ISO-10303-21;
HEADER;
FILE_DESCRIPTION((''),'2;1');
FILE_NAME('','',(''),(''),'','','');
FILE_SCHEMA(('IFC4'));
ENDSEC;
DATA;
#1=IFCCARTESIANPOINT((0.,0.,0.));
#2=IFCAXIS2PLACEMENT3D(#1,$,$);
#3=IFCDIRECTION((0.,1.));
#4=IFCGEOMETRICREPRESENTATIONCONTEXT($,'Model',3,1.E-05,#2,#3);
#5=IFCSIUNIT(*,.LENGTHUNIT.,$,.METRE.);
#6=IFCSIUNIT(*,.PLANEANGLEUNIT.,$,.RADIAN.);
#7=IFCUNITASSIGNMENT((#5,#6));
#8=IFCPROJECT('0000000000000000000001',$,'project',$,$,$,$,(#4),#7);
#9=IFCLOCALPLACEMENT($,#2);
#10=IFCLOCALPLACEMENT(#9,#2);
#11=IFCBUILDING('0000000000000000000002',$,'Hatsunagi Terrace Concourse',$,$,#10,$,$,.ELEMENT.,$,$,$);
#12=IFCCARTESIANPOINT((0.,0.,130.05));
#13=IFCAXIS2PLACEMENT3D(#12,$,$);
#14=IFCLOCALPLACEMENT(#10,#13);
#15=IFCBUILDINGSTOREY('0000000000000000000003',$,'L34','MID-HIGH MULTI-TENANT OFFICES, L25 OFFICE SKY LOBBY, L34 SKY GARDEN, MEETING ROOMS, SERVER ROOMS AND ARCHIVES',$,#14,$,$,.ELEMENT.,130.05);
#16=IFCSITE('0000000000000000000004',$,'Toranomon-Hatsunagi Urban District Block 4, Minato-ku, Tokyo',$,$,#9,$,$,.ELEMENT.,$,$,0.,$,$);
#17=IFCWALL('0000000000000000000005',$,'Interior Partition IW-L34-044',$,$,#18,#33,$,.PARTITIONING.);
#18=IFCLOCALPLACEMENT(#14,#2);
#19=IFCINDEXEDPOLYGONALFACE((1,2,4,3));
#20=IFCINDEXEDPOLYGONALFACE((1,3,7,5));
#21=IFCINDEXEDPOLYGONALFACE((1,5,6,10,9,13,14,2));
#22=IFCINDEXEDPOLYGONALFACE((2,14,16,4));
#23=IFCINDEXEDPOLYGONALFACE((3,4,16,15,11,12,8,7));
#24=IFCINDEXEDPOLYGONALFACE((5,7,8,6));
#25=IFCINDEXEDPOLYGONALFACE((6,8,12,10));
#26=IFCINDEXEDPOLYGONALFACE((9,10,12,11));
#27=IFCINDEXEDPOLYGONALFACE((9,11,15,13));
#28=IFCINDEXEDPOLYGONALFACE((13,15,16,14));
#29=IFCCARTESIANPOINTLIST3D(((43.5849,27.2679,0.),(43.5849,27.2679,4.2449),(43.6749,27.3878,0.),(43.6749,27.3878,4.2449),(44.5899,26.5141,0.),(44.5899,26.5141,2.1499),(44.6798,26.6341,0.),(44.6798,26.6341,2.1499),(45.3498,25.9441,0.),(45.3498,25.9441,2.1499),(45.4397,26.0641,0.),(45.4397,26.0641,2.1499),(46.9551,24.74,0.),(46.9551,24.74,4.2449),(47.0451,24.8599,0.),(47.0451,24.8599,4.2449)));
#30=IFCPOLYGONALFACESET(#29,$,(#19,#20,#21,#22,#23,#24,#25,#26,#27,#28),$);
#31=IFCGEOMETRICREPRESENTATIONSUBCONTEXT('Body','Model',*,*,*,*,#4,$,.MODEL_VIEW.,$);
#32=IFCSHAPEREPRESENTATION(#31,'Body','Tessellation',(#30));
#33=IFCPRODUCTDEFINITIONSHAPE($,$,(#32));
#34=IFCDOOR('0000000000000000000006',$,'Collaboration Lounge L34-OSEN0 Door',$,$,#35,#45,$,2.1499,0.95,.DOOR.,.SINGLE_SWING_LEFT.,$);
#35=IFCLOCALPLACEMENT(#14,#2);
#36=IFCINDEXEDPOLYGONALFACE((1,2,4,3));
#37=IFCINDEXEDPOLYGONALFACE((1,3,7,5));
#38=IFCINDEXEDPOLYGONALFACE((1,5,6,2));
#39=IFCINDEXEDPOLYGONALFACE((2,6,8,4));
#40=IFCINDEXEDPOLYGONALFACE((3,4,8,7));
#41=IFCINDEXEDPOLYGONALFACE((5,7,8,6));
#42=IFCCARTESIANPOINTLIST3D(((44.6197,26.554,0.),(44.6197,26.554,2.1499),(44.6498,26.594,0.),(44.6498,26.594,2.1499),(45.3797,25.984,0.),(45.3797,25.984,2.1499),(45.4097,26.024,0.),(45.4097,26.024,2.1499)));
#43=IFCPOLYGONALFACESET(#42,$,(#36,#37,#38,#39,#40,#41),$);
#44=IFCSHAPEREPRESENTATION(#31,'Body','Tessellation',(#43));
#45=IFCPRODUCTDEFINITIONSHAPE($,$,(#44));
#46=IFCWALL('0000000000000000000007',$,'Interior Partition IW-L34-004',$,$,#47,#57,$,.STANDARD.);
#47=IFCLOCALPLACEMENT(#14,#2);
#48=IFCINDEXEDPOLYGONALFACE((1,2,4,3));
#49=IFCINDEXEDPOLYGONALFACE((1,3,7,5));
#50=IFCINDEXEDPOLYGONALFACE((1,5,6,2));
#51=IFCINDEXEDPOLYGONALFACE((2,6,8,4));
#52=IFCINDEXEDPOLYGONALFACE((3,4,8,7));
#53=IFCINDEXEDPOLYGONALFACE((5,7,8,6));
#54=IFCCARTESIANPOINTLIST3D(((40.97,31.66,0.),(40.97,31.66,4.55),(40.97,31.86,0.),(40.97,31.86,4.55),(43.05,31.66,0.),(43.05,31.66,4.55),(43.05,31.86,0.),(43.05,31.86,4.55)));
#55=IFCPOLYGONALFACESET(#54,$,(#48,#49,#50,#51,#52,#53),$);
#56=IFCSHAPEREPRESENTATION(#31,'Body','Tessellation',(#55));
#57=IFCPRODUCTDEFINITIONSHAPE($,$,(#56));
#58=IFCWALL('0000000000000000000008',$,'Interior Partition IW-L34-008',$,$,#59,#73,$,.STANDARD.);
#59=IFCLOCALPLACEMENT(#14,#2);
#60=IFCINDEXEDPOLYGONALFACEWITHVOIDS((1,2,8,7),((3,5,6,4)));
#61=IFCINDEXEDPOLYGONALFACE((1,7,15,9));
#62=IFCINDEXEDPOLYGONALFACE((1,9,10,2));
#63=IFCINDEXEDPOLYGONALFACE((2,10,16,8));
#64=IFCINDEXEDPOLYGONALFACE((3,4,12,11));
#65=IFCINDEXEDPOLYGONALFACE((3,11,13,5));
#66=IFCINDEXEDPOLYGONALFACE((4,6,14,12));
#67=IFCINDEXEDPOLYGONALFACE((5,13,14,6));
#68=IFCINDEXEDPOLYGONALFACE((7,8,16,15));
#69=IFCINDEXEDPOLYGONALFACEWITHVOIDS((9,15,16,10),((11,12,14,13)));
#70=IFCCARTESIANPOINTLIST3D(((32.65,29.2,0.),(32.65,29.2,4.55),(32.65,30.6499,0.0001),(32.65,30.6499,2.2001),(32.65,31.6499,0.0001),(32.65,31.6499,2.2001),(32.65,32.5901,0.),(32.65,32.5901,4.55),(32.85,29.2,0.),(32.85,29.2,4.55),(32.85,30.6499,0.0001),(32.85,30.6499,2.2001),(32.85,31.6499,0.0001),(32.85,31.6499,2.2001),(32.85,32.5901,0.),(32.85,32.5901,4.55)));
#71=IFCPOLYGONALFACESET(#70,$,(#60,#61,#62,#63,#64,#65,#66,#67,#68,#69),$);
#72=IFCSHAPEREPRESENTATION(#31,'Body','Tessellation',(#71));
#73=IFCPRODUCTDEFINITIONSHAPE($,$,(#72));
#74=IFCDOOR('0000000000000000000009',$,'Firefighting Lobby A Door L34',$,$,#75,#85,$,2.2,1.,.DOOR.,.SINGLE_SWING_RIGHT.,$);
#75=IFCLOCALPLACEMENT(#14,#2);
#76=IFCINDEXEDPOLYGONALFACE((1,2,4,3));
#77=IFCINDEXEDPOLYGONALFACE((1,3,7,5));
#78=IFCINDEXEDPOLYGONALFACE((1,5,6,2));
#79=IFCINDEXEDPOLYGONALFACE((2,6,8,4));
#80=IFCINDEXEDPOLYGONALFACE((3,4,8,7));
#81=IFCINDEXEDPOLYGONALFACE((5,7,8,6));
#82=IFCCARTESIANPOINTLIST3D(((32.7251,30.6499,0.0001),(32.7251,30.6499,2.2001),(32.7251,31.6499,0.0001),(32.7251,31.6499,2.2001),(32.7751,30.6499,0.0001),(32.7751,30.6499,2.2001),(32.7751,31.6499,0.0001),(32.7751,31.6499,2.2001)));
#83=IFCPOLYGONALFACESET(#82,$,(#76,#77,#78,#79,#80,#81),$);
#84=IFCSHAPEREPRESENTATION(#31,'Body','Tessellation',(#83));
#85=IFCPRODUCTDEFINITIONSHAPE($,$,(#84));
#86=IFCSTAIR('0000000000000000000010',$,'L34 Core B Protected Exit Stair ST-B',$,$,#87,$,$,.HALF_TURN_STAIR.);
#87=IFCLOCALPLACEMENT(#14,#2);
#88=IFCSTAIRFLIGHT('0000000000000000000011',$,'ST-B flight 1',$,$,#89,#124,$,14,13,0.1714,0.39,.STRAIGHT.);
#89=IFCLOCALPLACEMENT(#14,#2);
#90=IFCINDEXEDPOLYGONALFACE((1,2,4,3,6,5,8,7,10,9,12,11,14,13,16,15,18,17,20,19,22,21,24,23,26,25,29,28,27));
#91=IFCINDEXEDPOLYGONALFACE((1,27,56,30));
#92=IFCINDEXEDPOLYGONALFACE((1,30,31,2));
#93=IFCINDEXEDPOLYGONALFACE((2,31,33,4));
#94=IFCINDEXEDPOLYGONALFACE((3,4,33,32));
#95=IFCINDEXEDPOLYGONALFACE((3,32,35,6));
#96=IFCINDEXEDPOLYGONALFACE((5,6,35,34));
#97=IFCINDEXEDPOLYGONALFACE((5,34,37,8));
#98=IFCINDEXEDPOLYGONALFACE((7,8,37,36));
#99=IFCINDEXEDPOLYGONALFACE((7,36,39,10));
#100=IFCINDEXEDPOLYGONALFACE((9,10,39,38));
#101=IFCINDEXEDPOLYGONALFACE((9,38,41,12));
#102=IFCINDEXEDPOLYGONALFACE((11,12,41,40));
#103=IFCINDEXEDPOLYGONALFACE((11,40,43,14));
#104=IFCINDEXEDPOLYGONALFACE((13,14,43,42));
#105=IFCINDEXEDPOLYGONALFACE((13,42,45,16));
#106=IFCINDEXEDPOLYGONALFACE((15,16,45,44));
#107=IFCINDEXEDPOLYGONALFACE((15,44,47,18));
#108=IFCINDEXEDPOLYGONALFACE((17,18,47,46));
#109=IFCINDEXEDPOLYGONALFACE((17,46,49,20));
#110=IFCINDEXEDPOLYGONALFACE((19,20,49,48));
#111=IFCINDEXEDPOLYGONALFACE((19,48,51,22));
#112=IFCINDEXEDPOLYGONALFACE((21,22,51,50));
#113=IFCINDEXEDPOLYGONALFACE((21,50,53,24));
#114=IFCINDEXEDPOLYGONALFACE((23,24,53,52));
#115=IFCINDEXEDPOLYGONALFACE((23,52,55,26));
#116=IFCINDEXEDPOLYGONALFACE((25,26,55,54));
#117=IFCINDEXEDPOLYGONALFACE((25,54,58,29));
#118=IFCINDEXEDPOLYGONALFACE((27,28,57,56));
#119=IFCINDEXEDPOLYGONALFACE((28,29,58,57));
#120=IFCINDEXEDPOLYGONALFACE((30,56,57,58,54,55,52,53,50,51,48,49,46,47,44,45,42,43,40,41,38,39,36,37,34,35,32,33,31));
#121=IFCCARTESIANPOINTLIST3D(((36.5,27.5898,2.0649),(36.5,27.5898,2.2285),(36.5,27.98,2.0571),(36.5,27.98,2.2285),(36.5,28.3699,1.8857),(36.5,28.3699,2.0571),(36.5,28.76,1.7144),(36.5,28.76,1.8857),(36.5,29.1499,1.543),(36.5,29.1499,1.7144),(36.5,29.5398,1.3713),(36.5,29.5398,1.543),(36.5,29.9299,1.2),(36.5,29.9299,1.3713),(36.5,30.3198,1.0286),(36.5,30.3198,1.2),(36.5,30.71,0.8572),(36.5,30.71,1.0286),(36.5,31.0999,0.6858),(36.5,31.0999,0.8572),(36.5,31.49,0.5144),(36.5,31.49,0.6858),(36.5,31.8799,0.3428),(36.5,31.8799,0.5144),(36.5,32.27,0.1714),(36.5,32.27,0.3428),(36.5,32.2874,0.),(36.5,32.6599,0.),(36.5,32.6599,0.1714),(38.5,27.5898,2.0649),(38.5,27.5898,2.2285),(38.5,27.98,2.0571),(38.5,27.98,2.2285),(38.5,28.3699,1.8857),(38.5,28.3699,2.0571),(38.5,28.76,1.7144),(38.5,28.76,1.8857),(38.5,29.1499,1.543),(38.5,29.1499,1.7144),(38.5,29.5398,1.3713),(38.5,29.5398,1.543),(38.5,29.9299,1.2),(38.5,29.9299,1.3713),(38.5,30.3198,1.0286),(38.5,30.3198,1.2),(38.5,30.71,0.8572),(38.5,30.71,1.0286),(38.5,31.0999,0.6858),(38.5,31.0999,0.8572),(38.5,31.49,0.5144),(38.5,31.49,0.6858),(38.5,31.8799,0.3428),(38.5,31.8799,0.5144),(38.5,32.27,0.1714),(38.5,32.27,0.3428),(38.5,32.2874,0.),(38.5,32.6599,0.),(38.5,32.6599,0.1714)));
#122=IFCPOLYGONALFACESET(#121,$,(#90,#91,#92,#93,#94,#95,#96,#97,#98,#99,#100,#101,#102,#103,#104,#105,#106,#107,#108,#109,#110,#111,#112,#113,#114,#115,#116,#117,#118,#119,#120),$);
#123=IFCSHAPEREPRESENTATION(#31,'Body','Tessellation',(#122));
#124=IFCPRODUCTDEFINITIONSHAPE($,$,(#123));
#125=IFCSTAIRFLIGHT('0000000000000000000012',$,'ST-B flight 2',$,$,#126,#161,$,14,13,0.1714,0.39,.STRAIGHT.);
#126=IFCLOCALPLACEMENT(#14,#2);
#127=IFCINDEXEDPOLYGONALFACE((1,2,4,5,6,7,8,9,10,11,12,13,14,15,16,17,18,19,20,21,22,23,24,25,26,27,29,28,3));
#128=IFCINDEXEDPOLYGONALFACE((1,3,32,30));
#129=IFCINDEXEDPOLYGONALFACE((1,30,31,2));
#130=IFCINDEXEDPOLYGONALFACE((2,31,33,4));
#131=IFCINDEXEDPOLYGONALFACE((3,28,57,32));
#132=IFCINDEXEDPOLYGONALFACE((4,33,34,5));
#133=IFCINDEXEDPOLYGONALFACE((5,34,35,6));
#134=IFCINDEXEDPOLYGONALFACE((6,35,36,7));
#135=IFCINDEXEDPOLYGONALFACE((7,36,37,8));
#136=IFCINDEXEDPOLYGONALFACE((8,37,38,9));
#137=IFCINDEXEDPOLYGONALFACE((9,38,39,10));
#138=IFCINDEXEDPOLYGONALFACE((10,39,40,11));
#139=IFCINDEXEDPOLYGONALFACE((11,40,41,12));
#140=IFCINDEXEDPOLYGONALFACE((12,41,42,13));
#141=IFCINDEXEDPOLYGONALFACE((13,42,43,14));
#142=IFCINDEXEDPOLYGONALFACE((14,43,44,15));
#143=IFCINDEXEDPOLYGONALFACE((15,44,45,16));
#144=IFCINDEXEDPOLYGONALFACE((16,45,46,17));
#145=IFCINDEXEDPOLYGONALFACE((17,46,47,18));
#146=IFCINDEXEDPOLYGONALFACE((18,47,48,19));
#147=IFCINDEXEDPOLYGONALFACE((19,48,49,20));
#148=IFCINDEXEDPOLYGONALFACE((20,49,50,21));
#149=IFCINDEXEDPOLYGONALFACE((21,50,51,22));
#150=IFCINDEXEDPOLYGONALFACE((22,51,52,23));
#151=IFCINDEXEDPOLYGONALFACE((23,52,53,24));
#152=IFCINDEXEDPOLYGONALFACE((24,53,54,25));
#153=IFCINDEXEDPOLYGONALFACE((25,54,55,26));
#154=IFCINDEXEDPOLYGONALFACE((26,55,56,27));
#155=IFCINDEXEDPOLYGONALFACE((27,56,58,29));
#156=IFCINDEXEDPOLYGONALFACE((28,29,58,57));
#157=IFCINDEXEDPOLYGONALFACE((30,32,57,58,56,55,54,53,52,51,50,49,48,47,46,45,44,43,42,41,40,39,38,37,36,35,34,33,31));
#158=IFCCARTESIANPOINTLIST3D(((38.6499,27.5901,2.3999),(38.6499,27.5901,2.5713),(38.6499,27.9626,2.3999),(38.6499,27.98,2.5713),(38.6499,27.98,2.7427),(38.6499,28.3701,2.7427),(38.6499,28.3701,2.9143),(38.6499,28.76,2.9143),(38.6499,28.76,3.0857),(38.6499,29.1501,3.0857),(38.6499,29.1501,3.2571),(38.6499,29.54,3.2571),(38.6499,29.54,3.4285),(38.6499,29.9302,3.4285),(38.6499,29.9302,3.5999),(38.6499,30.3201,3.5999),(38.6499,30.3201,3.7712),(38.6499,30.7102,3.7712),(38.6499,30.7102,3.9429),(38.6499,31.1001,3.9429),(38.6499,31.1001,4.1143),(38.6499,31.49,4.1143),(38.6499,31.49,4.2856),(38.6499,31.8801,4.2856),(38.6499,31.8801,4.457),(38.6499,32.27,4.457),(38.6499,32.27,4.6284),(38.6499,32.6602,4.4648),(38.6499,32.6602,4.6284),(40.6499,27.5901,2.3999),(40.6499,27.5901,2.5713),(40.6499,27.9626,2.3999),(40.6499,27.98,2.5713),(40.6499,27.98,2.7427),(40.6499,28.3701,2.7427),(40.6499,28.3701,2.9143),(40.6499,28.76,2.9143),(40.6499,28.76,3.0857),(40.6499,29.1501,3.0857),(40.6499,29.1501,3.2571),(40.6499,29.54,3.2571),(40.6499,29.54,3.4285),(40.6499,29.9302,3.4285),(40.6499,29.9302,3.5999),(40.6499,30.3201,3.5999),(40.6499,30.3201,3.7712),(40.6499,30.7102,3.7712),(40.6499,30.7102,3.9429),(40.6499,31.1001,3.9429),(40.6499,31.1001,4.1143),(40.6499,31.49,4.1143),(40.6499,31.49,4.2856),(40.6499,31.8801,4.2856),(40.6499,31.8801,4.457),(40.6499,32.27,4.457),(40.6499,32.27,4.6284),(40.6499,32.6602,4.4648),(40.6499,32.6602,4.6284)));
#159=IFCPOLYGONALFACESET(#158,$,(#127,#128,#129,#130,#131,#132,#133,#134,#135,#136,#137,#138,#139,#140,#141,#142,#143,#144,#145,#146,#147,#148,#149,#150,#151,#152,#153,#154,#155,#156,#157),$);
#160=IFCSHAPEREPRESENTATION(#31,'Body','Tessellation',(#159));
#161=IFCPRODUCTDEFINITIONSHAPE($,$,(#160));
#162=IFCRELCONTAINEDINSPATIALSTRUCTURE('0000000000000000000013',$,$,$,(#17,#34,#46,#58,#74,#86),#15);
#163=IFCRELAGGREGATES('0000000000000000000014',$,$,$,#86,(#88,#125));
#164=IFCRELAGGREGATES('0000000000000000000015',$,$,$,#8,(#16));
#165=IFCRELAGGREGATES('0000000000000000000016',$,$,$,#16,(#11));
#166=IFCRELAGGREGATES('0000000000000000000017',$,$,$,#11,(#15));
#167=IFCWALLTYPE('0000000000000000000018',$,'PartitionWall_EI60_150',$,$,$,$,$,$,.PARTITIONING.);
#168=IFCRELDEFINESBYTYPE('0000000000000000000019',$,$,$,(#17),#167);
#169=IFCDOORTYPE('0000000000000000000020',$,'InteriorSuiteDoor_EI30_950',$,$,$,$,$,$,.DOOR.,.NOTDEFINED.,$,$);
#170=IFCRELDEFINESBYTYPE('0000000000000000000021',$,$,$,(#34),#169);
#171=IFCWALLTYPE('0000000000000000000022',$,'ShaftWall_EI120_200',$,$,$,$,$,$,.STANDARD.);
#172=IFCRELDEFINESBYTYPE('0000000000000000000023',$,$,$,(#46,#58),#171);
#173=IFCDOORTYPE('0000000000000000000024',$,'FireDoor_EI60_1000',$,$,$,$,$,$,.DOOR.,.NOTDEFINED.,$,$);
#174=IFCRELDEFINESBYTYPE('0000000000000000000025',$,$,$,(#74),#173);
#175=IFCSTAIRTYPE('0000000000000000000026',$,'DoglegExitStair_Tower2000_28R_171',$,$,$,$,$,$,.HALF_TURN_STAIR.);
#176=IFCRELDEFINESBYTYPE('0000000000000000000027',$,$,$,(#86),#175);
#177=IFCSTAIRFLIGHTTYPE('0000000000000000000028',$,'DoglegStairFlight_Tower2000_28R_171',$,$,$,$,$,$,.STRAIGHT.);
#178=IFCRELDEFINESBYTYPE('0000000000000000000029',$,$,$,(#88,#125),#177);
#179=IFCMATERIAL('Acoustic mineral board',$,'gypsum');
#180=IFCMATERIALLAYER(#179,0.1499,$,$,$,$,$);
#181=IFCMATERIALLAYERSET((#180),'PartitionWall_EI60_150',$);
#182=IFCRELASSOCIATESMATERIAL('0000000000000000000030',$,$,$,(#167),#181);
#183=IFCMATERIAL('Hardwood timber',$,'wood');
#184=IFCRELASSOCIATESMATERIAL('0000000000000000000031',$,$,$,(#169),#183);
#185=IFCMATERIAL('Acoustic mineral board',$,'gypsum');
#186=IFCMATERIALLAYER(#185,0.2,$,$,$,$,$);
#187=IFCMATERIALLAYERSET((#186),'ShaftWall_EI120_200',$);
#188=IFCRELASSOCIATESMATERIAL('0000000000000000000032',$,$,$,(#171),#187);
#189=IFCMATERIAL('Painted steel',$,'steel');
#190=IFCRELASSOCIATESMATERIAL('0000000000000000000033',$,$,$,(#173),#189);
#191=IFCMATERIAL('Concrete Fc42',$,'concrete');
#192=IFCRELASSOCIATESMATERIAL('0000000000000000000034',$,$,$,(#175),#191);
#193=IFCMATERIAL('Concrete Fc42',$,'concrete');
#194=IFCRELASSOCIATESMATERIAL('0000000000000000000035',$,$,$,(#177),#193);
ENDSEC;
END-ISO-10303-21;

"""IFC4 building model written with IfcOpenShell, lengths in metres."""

from ifc_helpers import new_model, si_unit, direction, frame, frame_2d, origin, place, context, subcontext, project, spatial, polyline, rectangle, outline, extrude, material, layer, layer_set, type_object, element, fill, aggregate, save


model = new_model("IFC4")

# Units and contexts
model_context = context("Model", 3, precision=1e-05, world=origin(), true_north=direction((0.0, 1.0)))
body_context = subcontext(model_context, "Body", "Model", "MODEL_VIEW")
ifc_project = project(units=[si_unit("LENGTHUNIT", "METRE"), si_unit("PLANEANGLEUNIT", "RADIAN")], contexts=[model_context])

# Site, building, storey
site_placement = place(None, origin())
site = spatial("IfcSite", under=ifc_project, at=site_placement, Name="Toranomon-Hatsunagi Urban District Block 4, Minato-ku, Tokyo", CompositionType="ELEMENT", RefElevation=0.0)
building_placement = place(site_placement, origin())
building = spatial("IfcBuilding", under=site, at=building_placement, Name="Hatsunagi Terrace Concourse", CompositionType="ELEMENT")
storey_placement = place(building_placement, frame((0.0, 0.0, 130.05)))
storey = spatial("IfcBuildingStorey", under=building, at=storey_placement, Name="L34", Description="MID-HIGH MULTI-TENANT OFFICES, L25 OFFICE SKY LOBBY, L34 SKY GARDEN, MEETING ROOMS, SERVER ROOMS AND ARCHIVES", CompositionType="ELEMENT", Elevation=130.05)

# Shared definitions
ifc_material_1 = material(Name="Acoustic mineral board", Category="gypsum")
ifc_layer_1 = layer(ifc_material_1, 0.1499)
ifc_layer_set_1 = layer_set([ifc_layer_1], Name="PartitionWall_EI60_150")
wall_type_1 = type_object("IfcWallType", Name="PartitionWall_EI60_150", PredefinedType="PARTITIONING", material=ifc_layer_set_1)

# Wall, opening, door
wall_1_placement = place(storey_placement, frame((43.6299, 27.3279, 0.0), z_axis=(0.0, 0.0, 1.0), x_axis=(0.799972, -0.600037, 0.0)))
wall_1 = element("IfcWall", 1, at=wall_1_placement, inside=storey, type_object=wall_type_1, Name="Interior Partition IW-L34-044", PredefinedType="PARTITIONING", context=body_context, shape_type="SweptSolid", body=[
    extrude(rectangle(XDim=4.2129, YDim=0.1499, at=frame_2d((2.1064, 0.0))), origin(), (0.0, 0.0, 1.0), 4.2449),
])
opening_1_placement = place(wall_1_placement, frame((1.2561, 0.0, 0.0)))
opening_1 = element("IfcOpeningElement", 2, at=opening_1_placement, cuts=wall_1, PredefinedType="OPENING", context=body_context, shape_type="SweptSolid", body=[
    extrude(rectangle(XDim=0.95, YDim=2.1499, at=frame_2d((0.4751, 1.075))), frame((0.0, 0.085, 0.0), z_axis=(0.0, -1.0, 0.0), x_axis=(1.0, 0.0, 0.0)), (0.0, 0.0, 1.0), 0.1699),
])
ifc_material_2 = material(Name="Hardwood timber", Category="wood")
door_type_1 = type_object("IfcDoorType", Name="InteriorSuiteDoor_EI30_950", OperationType="NOTDEFINED", PredefinedType="DOOR", material=ifc_material_2)
door_1_placement = place(opening_1_placement, origin())
door_1 = element("IfcDoor", 3, at=door_1_placement, inside=storey, type_object=door_type_1, Name="Collaboration Lounge L34-OSEN0 Door", OperationType="SINGLE_SWING_LEFT", OverallHeight=2.1499, OverallWidth=0.95, PredefinedType="DOOR", context=body_context, shape_type="SweptSolid", body=[
    extrude(rectangle(XDim=0.95, YDim=2.1499, at=frame_2d((0.4751, 1.075))), frame((0.0, 0.0249, 0.0), z_axis=(0.0, -1.0, 0.0), x_axis=(1.0, 0.0, 0.0)), (0.0, 0.0, 1.0), 0.05),
])
fill(opening_1, door_1)

# Wall
ifc_material_3 = material(Name="Acoustic mineral board", Category="gypsum")
ifc_layer_2 = layer(ifc_material_3, 0.2)
ifc_layer_set_2 = layer_set([ifc_layer_2], Name="ShaftWall_EI120_200")
wall_type_2 = type_object("IfcWallType", Name="ShaftWall_EI120_200", PredefinedType="STANDARD", material=ifc_layer_set_2)
wall_2_placement = place(storey_placement, frame((40.97, 31.76, 0.0), z_axis=(0.0, 0.0, 1.0), x_axis=(1.0, 0.0, 0.0)))
element("IfcWall", 4, at=wall_2_placement, inside=storey, type_object=wall_type_2, Name="Interior Partition IW-L34-004", PredefinedType="STANDARD", context=body_context, shape_type="SweptSolid", body=[
    extrude(rectangle(XDim=2.0801, YDim=0.2, at=frame_2d((1.04, 0.0))), origin(), (0.0, 0.0, 1.0), 4.55),
])

# Wall, opening, door
wall_3_placement = place(storey_placement, frame((32.75, 29.2, 0.0), z_axis=(0.0, 0.0, 1.0), x_axis=(0.0, 1.0, 0.0)))
wall_3 = element("IfcWall", 5, at=wall_3_placement, inside=storey, type_object=wall_type_2, Name="Interior Partition IW-L34-008", PredefinedType="STANDARD", context=body_context, shape_type="SweptSolid", body=[
    extrude(rectangle(XDim=3.3901, YDim=0.2, at=frame_2d((1.6951, 0.0))), origin(), (0.0, 0.0, 1.0), 4.55),
])
opening_2_placement = place(wall_3_placement, frame((1.45, 0.0, 0.0)))
opening_2 = element("IfcOpeningElement", 6, at=opening_2_placement, cuts=wall_3, PredefinedType="OPENING", context=body_context, shape_type="SweptSolid", body=[
    extrude(rectangle(XDim=1.0, YDim=2.2, at=frame_2d((0.5, 1.1001))), frame((0.0, 0.1099, 0.0), z_axis=(0.0, -1.0, 0.0), x_axis=(1.0, 0.0, 0.0)), (0.0, 0.0, 1.0), 0.22),
])
ifc_material_4 = material(Name="Painted steel", Category="steel")
door_type_2 = type_object("IfcDoorType", Name="FireDoor_EI60_1000", OperationType="NOTDEFINED", PredefinedType="DOOR", material=ifc_material_4)
door_2_placement = place(opening_2_placement, origin())
door_2 = element("IfcDoor", 7, at=door_2_placement, inside=storey, type_object=door_type_2, Name="Firefighting Lobby A Door L34", OperationType="SINGLE_SWING_RIGHT", OverallHeight=2.2, OverallWidth=1.0, PredefinedType="DOOR", context=body_context, shape_type="SweptSolid", body=[
    extrude(rectangle(XDim=1.0, YDim=2.2, at=frame_2d((0.5, 1.1001))), frame((0.0, 0.0249, 0.0), z_axis=(0.0, -1.0, 0.0), x_axis=(1.0, 0.0, 0.0)), (0.0, 0.0, 1.0), 0.05),
])
fill(opening_2, door_2)

# Stair, stair flights
ifc_material_5 = material(Name="Concrete Fc42", Category="concrete")
stair_type = type_object("IfcStairType", Name="DoglegExitStair_Tower2000_28R_171", PredefinedType="HALF_TURN_STAIR", material=ifc_material_5)
stair_placement = place(storey_placement, origin())
stair = element("IfcStair", 8, at=stair_placement, inside=storey, type_object=stair_type, Name="L34 Core B Protected Exit Stair ST-B", PredefinedType="HALF_TURN_STAIR")
ifc_material_6 = material(Name="Concrete Fc42", Category="concrete")
stair_flight_type = type_object("IfcStairFlightType", Name="DoglegStairFlight_Tower2000_28R_171", PredefinedType="STRAIGHT", material=ifc_material_6)
stair_flight_1_placement = place(storey_placement, frame((37.5, 32.6599, 0.0), z_axis=(0.0, 0.0, 1.0), x_axis=(0.0, -1.0, 0.0)))
stair_flight_1 = element("IfcStairFlight", 9, at=stair_flight_1_placement, type_object=stair_flight_type, Name="ST-B flight 1", NumberOfRisers=14, NumberOfTreads=13, PredefinedType="STRAIGHT", RiserHeight=0.1714, TreadLength=0.39, context=body_context, shape_type="SweptSolid", body=[
    extrude(outline(polyline([(0.0, 0.0), (0.0, 0.1714), (0.3899, 0.1714), (0.3899, 0.3428), (0.78, 0.3428), (0.78, 0.5144), (1.1699, 0.5144), (1.1699, 0.6858), (1.5601, 0.6858), (1.5601, 0.8572), (1.95, 0.8572), (1.95, 1.0286), (2.3401, 1.0286), (2.3401, 1.2), (2.73, 1.2), (2.73, 1.3713), (3.1201, 1.3713), (3.1201, 1.543), (3.51, 1.543), (3.51, 1.7144), (3.8999, 1.7144), (3.8999, 1.8857), (4.29, 1.8857), (4.29, 2.0571), (4.6799, 2.0571), (4.6799, 2.2285), (5.0701, 2.2285), (5.0701, 2.3999), (5.0701, 2.0649), (0.3726, 0.0), (0.0, 0.0)])), frame((0.0, 1.0, 0.0), z_axis=(0.0, -1.0, 0.0), x_axis=(1.0, 0.0, 0.0)), (0.0, 0.0, 1.0), 2.0),
])
stair_flight_2_placement = place(storey_placement, frame((39.6499, 27.5901, 2.3999), z_axis=(0.0, 0.0, 1.0), x_axis=(0.0, 1.0, 0.0)))
stair_flight_2 = element("IfcStairFlight", 10, at=stair_flight_2_placement, type_object=stair_flight_type, Name="ST-B flight 2", NumberOfRisers=14, NumberOfTreads=13, PredefinedType="STRAIGHT", RiserHeight=0.1714, TreadLength=0.39, context=body_context, shape_type="SweptSolid", body=[
    extrude(outline(polyline([(0.0, 0.0), (0.0, 0.1714), (0.3899, 0.1714), (0.3899, 0.3428), (0.78, 0.3428), (0.78, 0.5144), (1.1699, 0.5144), (1.1699, 0.6858), (1.5601, 0.6858), (1.5601, 0.8572), (1.95, 0.8572), (1.95, 1.0286), (2.3401, 1.0286), (2.3401, 1.2), (2.73, 1.2), (2.73, 1.3713), (3.1201, 1.3713), (3.1201, 1.543), (3.51, 1.543), (3.51, 1.7144), (3.8999, 1.7144), (3.8999, 1.8857), (4.29, 1.8857), (4.29, 2.0571), (4.6799, 2.0571), (4.6799, 2.2285), (5.0701, 2.2285), (5.0701, 2.3999), (5.0701, 2.0649), (0.3726, 0.0), (0.0, 0.0)])), frame((0.0, 1.0, 0.0), z_axis=(0.0, -1.0, 0.0), x_axis=(1.0, 0.0, 0.0)), (0.0, 0.0, 1.0), 2.0),
])
aggregate(stair, [stair_flight_1, stair_flight_2])

save(model, "model.ifc")
